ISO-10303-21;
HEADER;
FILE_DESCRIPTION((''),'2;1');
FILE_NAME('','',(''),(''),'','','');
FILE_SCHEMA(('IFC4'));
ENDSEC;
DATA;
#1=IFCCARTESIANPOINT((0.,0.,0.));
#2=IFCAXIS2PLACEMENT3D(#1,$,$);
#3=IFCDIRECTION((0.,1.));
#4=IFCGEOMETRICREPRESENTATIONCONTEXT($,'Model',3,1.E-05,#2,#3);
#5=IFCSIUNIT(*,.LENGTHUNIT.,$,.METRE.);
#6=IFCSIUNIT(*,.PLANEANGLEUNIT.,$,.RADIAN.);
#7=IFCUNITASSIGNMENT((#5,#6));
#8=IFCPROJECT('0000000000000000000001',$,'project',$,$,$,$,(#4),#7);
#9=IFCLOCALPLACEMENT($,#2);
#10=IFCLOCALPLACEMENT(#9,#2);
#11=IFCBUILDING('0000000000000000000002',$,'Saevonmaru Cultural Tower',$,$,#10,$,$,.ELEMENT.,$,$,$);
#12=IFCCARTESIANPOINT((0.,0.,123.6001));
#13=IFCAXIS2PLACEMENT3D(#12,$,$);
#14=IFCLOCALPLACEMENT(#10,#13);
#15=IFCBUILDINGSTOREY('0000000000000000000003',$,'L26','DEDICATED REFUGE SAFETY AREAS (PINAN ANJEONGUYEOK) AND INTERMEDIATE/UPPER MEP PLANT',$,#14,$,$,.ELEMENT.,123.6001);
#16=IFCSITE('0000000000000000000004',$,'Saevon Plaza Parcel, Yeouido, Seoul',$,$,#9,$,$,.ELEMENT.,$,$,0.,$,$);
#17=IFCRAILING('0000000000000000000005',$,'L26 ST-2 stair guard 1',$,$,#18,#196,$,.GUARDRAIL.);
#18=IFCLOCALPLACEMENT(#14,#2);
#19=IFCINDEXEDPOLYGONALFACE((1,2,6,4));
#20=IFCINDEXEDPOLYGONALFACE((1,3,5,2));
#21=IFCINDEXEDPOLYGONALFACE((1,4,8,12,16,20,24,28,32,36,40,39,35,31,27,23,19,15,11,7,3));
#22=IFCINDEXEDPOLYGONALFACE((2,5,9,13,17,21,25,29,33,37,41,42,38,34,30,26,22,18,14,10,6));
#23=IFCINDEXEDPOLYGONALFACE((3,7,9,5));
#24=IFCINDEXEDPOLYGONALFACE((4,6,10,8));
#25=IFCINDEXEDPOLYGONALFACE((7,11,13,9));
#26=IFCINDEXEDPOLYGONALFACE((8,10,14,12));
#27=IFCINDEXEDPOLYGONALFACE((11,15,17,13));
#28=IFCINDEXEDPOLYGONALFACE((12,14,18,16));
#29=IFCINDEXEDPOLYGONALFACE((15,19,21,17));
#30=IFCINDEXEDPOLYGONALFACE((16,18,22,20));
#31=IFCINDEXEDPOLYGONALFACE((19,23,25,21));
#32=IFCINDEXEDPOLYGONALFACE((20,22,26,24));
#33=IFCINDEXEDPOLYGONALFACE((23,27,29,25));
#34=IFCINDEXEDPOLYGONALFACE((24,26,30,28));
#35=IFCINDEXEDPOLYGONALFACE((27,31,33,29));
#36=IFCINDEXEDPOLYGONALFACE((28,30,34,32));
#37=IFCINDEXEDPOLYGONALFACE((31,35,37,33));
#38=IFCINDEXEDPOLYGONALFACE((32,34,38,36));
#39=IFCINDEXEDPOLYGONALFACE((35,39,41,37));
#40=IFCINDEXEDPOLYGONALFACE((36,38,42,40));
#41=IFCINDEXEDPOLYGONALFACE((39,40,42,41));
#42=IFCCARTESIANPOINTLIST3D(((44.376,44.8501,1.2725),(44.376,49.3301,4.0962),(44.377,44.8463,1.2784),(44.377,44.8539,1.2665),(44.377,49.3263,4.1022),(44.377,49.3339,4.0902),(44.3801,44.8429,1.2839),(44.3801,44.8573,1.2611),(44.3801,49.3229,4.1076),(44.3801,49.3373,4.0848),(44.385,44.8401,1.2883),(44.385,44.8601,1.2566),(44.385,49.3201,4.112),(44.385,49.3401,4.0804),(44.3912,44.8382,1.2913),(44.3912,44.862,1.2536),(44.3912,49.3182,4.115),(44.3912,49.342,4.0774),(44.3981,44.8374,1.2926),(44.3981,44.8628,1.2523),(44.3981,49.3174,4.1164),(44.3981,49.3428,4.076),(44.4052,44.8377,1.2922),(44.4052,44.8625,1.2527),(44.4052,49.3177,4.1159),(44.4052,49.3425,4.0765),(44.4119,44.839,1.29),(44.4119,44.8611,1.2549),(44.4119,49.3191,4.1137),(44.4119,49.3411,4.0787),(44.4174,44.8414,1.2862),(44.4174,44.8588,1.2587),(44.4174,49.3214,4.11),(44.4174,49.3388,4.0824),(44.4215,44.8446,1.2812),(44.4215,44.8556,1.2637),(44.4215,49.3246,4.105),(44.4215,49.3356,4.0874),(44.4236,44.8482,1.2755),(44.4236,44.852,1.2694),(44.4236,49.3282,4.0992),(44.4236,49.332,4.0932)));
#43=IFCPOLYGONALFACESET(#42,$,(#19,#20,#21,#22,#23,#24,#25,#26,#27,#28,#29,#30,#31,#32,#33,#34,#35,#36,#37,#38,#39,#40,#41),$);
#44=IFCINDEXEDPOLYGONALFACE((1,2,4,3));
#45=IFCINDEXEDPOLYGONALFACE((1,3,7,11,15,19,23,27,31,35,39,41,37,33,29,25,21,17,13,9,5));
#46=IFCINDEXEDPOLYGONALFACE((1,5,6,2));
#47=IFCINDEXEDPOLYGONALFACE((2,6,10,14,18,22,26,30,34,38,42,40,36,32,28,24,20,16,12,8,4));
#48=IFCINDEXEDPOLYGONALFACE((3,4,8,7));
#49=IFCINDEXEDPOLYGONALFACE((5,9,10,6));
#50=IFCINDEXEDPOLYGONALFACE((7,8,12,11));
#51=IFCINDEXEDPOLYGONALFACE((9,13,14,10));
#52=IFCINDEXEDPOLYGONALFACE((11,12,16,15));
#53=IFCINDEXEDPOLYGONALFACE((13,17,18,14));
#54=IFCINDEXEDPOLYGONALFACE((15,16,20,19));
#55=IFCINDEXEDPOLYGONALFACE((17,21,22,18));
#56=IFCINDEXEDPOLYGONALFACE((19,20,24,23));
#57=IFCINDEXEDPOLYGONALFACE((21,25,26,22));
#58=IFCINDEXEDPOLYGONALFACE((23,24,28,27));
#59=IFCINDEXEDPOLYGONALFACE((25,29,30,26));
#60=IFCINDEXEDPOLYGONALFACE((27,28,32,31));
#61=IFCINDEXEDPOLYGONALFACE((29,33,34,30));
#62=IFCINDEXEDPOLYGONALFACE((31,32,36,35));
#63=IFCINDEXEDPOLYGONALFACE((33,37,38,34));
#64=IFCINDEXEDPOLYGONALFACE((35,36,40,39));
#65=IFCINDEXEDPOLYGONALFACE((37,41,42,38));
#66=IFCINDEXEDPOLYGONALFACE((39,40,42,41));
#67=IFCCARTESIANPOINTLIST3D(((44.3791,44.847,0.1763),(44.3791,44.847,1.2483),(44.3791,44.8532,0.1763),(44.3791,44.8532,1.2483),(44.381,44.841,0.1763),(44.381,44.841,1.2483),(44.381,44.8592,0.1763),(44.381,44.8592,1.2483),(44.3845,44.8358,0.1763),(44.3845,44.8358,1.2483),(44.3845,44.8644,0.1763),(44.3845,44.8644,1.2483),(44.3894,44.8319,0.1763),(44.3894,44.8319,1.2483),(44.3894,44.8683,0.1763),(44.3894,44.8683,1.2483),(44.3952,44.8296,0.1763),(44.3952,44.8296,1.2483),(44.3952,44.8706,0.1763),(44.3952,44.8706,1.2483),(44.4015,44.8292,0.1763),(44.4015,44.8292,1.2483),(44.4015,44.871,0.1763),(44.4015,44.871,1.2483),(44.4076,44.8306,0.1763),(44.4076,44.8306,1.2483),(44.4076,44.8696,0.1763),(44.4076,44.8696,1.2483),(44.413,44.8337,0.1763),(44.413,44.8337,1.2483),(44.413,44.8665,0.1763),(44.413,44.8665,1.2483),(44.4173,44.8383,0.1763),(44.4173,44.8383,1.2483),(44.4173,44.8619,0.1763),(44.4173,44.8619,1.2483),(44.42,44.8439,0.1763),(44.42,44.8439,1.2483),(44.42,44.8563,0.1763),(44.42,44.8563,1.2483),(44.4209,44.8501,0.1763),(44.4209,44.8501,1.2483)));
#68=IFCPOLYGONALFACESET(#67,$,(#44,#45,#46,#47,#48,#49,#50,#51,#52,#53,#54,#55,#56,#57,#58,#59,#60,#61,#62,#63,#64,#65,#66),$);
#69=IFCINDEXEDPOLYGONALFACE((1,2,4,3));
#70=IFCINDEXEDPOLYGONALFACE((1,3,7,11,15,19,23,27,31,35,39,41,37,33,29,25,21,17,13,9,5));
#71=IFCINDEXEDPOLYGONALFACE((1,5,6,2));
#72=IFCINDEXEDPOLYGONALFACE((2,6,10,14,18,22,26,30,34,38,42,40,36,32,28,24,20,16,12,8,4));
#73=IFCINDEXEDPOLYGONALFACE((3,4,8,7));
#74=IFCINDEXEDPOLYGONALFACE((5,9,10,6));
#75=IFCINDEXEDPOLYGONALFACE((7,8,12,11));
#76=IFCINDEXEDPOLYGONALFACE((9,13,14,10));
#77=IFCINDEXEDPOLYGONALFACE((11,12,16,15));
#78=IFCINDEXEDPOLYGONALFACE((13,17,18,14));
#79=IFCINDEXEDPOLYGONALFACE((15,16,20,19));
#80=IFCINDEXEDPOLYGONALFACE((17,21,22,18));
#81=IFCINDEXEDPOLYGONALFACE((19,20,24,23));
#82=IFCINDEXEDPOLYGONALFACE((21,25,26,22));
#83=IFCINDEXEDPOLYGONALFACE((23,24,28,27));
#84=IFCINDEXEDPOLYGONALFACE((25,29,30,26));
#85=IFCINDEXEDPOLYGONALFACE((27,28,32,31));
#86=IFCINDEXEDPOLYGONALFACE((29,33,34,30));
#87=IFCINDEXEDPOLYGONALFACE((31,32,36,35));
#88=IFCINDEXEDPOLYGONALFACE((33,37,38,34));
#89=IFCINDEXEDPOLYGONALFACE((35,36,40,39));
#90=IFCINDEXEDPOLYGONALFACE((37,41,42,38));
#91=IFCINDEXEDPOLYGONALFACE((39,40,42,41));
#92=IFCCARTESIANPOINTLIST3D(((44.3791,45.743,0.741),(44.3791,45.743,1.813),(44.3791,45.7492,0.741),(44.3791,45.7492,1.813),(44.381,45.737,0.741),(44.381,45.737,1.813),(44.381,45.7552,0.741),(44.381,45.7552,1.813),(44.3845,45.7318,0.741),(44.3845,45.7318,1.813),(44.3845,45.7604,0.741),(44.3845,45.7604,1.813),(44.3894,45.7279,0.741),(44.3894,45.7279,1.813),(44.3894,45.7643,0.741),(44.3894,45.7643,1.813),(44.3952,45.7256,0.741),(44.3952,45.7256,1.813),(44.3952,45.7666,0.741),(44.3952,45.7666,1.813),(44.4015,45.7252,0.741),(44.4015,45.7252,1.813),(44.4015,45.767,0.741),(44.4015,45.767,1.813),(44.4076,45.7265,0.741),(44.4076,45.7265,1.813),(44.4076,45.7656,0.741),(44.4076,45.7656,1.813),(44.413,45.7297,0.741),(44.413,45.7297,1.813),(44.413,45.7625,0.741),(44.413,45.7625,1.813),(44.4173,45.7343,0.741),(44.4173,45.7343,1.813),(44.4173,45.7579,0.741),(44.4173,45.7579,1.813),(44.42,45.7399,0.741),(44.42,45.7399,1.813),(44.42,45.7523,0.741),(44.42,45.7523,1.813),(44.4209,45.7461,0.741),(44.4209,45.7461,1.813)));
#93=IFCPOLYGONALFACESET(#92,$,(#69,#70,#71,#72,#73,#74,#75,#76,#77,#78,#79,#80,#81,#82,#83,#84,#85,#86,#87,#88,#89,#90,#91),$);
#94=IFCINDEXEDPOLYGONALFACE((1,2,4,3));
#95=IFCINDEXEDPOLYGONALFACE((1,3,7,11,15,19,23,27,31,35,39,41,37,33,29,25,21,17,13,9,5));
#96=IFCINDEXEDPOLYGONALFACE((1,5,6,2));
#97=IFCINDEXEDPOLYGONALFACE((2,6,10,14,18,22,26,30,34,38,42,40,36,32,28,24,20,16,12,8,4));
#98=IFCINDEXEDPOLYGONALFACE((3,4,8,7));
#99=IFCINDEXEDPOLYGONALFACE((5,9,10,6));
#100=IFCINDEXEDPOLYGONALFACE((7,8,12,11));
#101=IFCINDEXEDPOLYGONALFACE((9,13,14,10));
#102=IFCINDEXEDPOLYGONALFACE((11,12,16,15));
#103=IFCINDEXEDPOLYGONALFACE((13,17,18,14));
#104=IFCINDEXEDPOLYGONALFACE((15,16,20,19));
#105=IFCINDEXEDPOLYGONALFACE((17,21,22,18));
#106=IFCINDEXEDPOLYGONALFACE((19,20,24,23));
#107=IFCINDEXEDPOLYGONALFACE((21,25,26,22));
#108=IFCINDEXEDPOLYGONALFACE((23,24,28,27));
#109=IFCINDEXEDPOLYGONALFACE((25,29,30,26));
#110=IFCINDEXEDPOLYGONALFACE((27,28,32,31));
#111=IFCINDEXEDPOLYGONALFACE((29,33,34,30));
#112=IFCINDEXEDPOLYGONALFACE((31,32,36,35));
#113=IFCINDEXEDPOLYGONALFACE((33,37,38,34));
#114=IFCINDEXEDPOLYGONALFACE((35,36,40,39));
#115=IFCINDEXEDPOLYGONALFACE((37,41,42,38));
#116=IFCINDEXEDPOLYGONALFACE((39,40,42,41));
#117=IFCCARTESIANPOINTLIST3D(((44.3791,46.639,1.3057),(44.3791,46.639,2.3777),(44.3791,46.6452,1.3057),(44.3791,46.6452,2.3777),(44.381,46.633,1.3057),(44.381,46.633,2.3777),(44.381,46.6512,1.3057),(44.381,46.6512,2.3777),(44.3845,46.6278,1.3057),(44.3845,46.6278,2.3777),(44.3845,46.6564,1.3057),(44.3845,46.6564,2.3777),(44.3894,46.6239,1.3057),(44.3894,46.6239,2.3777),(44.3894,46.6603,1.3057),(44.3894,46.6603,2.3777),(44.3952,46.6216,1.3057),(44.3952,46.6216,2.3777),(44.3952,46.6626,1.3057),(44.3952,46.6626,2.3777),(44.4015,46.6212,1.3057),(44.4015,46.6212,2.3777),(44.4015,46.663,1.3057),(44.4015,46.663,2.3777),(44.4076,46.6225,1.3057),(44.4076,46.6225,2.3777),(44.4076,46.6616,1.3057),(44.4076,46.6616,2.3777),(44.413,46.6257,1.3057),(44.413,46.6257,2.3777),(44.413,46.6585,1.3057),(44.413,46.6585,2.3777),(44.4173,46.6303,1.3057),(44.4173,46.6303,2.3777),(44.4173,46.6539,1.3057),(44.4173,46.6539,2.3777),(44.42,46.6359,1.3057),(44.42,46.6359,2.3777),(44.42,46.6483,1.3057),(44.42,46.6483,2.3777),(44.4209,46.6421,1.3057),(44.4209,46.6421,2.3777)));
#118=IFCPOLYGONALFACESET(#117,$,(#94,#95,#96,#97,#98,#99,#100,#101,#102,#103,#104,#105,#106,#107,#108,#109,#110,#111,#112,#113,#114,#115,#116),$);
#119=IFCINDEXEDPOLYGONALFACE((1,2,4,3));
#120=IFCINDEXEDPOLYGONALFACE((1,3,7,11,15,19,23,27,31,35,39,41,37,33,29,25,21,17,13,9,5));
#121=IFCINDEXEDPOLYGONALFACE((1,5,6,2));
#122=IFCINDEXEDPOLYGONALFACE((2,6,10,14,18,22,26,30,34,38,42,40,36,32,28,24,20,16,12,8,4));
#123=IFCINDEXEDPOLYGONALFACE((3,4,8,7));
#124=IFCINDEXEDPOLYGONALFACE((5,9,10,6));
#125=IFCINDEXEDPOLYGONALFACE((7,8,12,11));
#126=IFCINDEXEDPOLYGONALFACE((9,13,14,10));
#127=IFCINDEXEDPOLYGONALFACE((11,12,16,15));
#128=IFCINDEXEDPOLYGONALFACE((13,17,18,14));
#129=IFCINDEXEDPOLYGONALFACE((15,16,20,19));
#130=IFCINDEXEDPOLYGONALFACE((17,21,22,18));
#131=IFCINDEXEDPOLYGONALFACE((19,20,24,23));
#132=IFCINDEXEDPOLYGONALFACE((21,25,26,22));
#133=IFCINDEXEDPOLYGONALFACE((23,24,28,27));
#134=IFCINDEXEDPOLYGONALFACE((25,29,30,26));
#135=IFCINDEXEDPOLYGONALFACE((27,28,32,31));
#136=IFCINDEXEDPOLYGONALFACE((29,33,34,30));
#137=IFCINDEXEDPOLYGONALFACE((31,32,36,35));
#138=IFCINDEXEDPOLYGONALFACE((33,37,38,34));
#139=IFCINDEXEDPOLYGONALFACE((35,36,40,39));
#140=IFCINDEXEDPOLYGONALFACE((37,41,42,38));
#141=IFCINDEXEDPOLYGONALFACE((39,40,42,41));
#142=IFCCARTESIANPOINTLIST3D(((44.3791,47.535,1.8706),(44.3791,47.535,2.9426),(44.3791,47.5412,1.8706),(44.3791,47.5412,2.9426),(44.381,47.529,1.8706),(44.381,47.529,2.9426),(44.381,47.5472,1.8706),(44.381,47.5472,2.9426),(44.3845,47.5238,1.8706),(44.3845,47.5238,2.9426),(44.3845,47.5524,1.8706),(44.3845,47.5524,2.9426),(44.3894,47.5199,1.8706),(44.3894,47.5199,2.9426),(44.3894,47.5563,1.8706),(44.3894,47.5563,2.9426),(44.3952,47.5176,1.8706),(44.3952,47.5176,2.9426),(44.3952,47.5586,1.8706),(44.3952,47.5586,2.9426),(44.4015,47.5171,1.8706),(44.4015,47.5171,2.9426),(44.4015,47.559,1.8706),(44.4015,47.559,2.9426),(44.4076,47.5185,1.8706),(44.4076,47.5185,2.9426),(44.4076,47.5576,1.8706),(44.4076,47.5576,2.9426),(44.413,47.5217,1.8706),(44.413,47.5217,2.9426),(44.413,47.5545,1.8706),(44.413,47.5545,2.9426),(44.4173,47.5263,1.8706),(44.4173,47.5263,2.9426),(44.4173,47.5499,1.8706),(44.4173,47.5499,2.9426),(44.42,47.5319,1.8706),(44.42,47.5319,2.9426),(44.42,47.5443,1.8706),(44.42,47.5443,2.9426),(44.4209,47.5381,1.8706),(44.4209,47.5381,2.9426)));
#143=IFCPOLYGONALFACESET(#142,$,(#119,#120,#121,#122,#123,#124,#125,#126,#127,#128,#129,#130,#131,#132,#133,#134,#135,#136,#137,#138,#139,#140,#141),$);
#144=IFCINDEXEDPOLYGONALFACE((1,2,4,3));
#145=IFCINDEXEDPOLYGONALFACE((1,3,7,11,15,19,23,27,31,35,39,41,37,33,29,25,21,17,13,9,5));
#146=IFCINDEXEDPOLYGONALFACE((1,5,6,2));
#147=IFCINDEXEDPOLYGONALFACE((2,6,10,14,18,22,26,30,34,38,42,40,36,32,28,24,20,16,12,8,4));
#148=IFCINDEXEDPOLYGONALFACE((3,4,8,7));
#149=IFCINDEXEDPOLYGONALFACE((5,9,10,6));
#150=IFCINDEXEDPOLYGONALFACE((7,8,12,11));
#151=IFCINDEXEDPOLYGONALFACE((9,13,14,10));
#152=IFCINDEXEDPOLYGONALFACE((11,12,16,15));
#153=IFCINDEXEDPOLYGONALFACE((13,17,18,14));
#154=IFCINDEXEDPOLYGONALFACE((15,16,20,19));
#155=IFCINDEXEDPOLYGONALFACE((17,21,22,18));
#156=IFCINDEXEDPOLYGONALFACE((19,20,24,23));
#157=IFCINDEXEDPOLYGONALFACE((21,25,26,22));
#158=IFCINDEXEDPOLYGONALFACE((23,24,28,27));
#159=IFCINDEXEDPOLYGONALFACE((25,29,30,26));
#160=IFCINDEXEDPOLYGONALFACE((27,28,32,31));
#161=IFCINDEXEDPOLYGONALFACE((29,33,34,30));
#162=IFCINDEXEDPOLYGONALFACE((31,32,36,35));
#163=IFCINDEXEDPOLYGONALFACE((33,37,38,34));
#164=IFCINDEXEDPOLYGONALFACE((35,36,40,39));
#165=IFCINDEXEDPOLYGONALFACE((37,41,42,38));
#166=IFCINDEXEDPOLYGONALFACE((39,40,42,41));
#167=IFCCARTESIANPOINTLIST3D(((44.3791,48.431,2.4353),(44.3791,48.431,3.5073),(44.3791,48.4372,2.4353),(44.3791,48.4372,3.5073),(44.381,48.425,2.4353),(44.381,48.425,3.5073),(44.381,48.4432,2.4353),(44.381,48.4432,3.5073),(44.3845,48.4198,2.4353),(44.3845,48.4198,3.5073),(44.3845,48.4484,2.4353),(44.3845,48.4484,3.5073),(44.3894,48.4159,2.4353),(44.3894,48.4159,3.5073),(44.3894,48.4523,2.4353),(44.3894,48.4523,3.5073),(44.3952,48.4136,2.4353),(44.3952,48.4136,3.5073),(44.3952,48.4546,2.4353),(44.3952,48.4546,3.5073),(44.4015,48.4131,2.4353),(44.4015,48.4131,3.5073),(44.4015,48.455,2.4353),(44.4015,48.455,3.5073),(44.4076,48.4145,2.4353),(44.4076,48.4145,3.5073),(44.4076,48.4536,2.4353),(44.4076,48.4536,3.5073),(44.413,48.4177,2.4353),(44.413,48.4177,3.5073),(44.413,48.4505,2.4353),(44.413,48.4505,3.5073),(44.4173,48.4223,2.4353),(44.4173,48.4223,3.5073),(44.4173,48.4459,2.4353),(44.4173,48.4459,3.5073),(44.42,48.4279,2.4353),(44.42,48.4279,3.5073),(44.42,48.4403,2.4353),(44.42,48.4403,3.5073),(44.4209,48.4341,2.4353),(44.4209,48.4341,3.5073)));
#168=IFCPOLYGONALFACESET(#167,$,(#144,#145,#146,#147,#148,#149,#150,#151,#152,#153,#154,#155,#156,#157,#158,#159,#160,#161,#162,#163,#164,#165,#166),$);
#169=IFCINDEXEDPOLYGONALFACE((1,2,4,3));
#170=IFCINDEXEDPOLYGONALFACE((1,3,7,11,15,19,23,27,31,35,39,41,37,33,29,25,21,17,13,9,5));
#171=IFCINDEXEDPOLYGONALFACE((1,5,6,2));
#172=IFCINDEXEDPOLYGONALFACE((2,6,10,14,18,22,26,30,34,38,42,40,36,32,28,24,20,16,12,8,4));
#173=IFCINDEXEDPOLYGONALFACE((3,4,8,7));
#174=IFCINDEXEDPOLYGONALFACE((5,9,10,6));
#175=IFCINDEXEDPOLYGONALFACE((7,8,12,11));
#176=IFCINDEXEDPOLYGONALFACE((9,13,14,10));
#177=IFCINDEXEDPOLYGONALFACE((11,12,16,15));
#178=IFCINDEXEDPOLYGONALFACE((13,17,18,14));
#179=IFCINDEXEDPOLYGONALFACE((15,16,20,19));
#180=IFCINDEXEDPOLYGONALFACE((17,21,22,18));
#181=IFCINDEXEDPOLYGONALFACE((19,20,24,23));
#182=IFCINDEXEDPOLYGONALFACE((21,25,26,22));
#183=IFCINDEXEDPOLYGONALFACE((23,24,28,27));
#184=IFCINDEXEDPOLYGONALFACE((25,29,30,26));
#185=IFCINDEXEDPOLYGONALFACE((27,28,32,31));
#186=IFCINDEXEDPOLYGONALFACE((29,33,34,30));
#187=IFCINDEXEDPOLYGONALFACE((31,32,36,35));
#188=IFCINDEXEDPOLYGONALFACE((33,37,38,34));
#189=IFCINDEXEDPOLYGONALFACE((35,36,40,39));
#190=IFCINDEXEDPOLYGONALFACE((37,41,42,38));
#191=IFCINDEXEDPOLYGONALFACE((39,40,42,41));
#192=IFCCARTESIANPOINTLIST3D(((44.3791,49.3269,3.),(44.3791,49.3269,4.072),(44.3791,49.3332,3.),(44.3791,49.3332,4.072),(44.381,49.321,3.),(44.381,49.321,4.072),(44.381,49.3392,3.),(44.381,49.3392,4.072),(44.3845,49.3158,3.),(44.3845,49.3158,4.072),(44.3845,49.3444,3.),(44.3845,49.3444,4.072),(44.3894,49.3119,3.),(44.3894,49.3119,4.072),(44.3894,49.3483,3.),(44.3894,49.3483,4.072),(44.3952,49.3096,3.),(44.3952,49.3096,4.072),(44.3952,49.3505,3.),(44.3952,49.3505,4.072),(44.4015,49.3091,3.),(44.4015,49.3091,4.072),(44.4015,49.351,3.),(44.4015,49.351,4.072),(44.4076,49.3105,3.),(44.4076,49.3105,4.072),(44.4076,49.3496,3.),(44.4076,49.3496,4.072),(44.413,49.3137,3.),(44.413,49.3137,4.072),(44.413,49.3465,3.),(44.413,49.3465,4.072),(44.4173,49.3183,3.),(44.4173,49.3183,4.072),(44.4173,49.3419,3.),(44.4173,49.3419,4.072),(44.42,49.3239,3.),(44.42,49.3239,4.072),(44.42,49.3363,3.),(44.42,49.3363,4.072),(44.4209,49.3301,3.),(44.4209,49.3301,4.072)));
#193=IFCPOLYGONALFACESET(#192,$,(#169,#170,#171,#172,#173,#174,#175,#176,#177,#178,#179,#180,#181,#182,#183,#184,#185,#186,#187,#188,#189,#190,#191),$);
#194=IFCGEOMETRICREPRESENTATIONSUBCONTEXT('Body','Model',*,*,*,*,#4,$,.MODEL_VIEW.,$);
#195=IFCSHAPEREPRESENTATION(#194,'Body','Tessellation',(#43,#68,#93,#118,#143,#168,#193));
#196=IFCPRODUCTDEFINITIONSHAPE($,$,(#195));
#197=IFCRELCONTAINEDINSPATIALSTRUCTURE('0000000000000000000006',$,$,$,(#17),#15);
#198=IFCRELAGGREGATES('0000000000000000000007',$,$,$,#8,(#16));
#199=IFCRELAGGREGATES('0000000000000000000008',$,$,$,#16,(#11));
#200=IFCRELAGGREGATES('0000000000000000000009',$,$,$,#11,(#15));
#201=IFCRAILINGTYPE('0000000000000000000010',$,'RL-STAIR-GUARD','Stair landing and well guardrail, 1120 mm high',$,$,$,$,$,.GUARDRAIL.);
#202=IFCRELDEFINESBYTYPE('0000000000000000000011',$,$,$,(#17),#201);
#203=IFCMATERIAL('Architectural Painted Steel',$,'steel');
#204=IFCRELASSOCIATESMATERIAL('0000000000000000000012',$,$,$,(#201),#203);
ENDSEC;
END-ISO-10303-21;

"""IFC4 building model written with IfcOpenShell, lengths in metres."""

from ifc_helpers import new_model, si_unit, direction, frame, origin, origin_2d, place, context, subcontext, project, spatial, circle, extrude, material, type_object, element, save


model = new_model("IFC4")

# Units and contexts
model_context = context("Model", 3, precision=1e-05, world=origin(), true_north=direction((0.0, 1.0)))
body_context = subcontext(model_context, "Body", "Model", "MODEL_VIEW")
ifc_project = project(units=[si_unit("LENGTHUNIT", "METRE"), si_unit("PLANEANGLEUNIT", "RADIAN")], contexts=[model_context])

# Site, building, storey
site_placement = place(None, origin())
site = spatial("IfcSite", under=ifc_project, at=site_placement, Name="Saevon Plaza Parcel, Yeouido, Seoul", CompositionType="ELEMENT", RefElevation=0.0)
building_placement = place(site_placement, origin())
building = spatial("IfcBuilding", under=site, at=building_placement, Name="Saevonmaru Cultural Tower", CompositionType="ELEMENT")
storey_placement = place(building_placement, frame((0.0, 0.0, 123.6001)))
storey = spatial("IfcBuildingStorey", under=building, at=storey_placement, Name="L26", Description="DEDICATED REFUGE SAFETY AREAS (PINAN ANJEONGUYEOK) AND INTERMEDIATE/UPPER MEP PLANT", CompositionType="ELEMENT", Elevation=123.6001)

# Railing
ifc_material_1 = material(Name="Architectural Painted Steel", Category="steel")
railing_type_1 = type_object("IfcRailingType", Name="RL-STAIR-GUARD", Description="Stair landing and well guardrail, 1120 mm high", PredefinedType="GUARDRAIL", material=ifc_material_1)
railing_1_placement = place(storey_placement, frame((44.3999, 44.8501, 0.1763)))
element("IfcRailing", 1, at=railing_1_placement, inside=storey, type_object=railing_type_1, Name="L26 ST-2 stair guard 1", PredefinedType="GUARDRAIL", context=body_context, shape_type="SweptSolid", body=[
    extrude(circle(Radius=0.0239, at=origin_2d()), frame((0.0, 0.0, 1.0962), z_axis=(0.0, 0.845977, 0.533219), x_axis=(-1.0, 0.0, 0.0)), (0.0, 0.0, 1.0), 5.2957),
    extrude(circle(Radius=0.021, at=origin_2d()), origin(), (0.0, 0.0, 1.0), 1.072),
    extrude(circle(Radius=0.021, at=origin_2d()), frame((0.0, 0.896, 0.5647)), (0.0, 0.0, 1.0), 1.072),
    extrude(circle(Radius=0.021, at=origin_2d()), frame((0.0, 1.792, 1.1294)), (0.0, 0.0, 1.0), 1.072),
    extrude(circle(Radius=0.021, at=origin_2d()), frame((0.0, 2.688, 1.6943)), (0.0, 0.0, 1.0), 1.072),
    extrude(circle(Radius=0.021, at=origin_2d()), frame((0.0, 3.584, 2.259)), (0.0, 0.0, 1.0), 1.072),
    extrude(circle(Radius=0.021, at=origin_2d()), frame((0.0, 4.48, 2.8237)), (0.0, 0.0, 1.0), 1.072),
])

save(model, "model.ifc")
